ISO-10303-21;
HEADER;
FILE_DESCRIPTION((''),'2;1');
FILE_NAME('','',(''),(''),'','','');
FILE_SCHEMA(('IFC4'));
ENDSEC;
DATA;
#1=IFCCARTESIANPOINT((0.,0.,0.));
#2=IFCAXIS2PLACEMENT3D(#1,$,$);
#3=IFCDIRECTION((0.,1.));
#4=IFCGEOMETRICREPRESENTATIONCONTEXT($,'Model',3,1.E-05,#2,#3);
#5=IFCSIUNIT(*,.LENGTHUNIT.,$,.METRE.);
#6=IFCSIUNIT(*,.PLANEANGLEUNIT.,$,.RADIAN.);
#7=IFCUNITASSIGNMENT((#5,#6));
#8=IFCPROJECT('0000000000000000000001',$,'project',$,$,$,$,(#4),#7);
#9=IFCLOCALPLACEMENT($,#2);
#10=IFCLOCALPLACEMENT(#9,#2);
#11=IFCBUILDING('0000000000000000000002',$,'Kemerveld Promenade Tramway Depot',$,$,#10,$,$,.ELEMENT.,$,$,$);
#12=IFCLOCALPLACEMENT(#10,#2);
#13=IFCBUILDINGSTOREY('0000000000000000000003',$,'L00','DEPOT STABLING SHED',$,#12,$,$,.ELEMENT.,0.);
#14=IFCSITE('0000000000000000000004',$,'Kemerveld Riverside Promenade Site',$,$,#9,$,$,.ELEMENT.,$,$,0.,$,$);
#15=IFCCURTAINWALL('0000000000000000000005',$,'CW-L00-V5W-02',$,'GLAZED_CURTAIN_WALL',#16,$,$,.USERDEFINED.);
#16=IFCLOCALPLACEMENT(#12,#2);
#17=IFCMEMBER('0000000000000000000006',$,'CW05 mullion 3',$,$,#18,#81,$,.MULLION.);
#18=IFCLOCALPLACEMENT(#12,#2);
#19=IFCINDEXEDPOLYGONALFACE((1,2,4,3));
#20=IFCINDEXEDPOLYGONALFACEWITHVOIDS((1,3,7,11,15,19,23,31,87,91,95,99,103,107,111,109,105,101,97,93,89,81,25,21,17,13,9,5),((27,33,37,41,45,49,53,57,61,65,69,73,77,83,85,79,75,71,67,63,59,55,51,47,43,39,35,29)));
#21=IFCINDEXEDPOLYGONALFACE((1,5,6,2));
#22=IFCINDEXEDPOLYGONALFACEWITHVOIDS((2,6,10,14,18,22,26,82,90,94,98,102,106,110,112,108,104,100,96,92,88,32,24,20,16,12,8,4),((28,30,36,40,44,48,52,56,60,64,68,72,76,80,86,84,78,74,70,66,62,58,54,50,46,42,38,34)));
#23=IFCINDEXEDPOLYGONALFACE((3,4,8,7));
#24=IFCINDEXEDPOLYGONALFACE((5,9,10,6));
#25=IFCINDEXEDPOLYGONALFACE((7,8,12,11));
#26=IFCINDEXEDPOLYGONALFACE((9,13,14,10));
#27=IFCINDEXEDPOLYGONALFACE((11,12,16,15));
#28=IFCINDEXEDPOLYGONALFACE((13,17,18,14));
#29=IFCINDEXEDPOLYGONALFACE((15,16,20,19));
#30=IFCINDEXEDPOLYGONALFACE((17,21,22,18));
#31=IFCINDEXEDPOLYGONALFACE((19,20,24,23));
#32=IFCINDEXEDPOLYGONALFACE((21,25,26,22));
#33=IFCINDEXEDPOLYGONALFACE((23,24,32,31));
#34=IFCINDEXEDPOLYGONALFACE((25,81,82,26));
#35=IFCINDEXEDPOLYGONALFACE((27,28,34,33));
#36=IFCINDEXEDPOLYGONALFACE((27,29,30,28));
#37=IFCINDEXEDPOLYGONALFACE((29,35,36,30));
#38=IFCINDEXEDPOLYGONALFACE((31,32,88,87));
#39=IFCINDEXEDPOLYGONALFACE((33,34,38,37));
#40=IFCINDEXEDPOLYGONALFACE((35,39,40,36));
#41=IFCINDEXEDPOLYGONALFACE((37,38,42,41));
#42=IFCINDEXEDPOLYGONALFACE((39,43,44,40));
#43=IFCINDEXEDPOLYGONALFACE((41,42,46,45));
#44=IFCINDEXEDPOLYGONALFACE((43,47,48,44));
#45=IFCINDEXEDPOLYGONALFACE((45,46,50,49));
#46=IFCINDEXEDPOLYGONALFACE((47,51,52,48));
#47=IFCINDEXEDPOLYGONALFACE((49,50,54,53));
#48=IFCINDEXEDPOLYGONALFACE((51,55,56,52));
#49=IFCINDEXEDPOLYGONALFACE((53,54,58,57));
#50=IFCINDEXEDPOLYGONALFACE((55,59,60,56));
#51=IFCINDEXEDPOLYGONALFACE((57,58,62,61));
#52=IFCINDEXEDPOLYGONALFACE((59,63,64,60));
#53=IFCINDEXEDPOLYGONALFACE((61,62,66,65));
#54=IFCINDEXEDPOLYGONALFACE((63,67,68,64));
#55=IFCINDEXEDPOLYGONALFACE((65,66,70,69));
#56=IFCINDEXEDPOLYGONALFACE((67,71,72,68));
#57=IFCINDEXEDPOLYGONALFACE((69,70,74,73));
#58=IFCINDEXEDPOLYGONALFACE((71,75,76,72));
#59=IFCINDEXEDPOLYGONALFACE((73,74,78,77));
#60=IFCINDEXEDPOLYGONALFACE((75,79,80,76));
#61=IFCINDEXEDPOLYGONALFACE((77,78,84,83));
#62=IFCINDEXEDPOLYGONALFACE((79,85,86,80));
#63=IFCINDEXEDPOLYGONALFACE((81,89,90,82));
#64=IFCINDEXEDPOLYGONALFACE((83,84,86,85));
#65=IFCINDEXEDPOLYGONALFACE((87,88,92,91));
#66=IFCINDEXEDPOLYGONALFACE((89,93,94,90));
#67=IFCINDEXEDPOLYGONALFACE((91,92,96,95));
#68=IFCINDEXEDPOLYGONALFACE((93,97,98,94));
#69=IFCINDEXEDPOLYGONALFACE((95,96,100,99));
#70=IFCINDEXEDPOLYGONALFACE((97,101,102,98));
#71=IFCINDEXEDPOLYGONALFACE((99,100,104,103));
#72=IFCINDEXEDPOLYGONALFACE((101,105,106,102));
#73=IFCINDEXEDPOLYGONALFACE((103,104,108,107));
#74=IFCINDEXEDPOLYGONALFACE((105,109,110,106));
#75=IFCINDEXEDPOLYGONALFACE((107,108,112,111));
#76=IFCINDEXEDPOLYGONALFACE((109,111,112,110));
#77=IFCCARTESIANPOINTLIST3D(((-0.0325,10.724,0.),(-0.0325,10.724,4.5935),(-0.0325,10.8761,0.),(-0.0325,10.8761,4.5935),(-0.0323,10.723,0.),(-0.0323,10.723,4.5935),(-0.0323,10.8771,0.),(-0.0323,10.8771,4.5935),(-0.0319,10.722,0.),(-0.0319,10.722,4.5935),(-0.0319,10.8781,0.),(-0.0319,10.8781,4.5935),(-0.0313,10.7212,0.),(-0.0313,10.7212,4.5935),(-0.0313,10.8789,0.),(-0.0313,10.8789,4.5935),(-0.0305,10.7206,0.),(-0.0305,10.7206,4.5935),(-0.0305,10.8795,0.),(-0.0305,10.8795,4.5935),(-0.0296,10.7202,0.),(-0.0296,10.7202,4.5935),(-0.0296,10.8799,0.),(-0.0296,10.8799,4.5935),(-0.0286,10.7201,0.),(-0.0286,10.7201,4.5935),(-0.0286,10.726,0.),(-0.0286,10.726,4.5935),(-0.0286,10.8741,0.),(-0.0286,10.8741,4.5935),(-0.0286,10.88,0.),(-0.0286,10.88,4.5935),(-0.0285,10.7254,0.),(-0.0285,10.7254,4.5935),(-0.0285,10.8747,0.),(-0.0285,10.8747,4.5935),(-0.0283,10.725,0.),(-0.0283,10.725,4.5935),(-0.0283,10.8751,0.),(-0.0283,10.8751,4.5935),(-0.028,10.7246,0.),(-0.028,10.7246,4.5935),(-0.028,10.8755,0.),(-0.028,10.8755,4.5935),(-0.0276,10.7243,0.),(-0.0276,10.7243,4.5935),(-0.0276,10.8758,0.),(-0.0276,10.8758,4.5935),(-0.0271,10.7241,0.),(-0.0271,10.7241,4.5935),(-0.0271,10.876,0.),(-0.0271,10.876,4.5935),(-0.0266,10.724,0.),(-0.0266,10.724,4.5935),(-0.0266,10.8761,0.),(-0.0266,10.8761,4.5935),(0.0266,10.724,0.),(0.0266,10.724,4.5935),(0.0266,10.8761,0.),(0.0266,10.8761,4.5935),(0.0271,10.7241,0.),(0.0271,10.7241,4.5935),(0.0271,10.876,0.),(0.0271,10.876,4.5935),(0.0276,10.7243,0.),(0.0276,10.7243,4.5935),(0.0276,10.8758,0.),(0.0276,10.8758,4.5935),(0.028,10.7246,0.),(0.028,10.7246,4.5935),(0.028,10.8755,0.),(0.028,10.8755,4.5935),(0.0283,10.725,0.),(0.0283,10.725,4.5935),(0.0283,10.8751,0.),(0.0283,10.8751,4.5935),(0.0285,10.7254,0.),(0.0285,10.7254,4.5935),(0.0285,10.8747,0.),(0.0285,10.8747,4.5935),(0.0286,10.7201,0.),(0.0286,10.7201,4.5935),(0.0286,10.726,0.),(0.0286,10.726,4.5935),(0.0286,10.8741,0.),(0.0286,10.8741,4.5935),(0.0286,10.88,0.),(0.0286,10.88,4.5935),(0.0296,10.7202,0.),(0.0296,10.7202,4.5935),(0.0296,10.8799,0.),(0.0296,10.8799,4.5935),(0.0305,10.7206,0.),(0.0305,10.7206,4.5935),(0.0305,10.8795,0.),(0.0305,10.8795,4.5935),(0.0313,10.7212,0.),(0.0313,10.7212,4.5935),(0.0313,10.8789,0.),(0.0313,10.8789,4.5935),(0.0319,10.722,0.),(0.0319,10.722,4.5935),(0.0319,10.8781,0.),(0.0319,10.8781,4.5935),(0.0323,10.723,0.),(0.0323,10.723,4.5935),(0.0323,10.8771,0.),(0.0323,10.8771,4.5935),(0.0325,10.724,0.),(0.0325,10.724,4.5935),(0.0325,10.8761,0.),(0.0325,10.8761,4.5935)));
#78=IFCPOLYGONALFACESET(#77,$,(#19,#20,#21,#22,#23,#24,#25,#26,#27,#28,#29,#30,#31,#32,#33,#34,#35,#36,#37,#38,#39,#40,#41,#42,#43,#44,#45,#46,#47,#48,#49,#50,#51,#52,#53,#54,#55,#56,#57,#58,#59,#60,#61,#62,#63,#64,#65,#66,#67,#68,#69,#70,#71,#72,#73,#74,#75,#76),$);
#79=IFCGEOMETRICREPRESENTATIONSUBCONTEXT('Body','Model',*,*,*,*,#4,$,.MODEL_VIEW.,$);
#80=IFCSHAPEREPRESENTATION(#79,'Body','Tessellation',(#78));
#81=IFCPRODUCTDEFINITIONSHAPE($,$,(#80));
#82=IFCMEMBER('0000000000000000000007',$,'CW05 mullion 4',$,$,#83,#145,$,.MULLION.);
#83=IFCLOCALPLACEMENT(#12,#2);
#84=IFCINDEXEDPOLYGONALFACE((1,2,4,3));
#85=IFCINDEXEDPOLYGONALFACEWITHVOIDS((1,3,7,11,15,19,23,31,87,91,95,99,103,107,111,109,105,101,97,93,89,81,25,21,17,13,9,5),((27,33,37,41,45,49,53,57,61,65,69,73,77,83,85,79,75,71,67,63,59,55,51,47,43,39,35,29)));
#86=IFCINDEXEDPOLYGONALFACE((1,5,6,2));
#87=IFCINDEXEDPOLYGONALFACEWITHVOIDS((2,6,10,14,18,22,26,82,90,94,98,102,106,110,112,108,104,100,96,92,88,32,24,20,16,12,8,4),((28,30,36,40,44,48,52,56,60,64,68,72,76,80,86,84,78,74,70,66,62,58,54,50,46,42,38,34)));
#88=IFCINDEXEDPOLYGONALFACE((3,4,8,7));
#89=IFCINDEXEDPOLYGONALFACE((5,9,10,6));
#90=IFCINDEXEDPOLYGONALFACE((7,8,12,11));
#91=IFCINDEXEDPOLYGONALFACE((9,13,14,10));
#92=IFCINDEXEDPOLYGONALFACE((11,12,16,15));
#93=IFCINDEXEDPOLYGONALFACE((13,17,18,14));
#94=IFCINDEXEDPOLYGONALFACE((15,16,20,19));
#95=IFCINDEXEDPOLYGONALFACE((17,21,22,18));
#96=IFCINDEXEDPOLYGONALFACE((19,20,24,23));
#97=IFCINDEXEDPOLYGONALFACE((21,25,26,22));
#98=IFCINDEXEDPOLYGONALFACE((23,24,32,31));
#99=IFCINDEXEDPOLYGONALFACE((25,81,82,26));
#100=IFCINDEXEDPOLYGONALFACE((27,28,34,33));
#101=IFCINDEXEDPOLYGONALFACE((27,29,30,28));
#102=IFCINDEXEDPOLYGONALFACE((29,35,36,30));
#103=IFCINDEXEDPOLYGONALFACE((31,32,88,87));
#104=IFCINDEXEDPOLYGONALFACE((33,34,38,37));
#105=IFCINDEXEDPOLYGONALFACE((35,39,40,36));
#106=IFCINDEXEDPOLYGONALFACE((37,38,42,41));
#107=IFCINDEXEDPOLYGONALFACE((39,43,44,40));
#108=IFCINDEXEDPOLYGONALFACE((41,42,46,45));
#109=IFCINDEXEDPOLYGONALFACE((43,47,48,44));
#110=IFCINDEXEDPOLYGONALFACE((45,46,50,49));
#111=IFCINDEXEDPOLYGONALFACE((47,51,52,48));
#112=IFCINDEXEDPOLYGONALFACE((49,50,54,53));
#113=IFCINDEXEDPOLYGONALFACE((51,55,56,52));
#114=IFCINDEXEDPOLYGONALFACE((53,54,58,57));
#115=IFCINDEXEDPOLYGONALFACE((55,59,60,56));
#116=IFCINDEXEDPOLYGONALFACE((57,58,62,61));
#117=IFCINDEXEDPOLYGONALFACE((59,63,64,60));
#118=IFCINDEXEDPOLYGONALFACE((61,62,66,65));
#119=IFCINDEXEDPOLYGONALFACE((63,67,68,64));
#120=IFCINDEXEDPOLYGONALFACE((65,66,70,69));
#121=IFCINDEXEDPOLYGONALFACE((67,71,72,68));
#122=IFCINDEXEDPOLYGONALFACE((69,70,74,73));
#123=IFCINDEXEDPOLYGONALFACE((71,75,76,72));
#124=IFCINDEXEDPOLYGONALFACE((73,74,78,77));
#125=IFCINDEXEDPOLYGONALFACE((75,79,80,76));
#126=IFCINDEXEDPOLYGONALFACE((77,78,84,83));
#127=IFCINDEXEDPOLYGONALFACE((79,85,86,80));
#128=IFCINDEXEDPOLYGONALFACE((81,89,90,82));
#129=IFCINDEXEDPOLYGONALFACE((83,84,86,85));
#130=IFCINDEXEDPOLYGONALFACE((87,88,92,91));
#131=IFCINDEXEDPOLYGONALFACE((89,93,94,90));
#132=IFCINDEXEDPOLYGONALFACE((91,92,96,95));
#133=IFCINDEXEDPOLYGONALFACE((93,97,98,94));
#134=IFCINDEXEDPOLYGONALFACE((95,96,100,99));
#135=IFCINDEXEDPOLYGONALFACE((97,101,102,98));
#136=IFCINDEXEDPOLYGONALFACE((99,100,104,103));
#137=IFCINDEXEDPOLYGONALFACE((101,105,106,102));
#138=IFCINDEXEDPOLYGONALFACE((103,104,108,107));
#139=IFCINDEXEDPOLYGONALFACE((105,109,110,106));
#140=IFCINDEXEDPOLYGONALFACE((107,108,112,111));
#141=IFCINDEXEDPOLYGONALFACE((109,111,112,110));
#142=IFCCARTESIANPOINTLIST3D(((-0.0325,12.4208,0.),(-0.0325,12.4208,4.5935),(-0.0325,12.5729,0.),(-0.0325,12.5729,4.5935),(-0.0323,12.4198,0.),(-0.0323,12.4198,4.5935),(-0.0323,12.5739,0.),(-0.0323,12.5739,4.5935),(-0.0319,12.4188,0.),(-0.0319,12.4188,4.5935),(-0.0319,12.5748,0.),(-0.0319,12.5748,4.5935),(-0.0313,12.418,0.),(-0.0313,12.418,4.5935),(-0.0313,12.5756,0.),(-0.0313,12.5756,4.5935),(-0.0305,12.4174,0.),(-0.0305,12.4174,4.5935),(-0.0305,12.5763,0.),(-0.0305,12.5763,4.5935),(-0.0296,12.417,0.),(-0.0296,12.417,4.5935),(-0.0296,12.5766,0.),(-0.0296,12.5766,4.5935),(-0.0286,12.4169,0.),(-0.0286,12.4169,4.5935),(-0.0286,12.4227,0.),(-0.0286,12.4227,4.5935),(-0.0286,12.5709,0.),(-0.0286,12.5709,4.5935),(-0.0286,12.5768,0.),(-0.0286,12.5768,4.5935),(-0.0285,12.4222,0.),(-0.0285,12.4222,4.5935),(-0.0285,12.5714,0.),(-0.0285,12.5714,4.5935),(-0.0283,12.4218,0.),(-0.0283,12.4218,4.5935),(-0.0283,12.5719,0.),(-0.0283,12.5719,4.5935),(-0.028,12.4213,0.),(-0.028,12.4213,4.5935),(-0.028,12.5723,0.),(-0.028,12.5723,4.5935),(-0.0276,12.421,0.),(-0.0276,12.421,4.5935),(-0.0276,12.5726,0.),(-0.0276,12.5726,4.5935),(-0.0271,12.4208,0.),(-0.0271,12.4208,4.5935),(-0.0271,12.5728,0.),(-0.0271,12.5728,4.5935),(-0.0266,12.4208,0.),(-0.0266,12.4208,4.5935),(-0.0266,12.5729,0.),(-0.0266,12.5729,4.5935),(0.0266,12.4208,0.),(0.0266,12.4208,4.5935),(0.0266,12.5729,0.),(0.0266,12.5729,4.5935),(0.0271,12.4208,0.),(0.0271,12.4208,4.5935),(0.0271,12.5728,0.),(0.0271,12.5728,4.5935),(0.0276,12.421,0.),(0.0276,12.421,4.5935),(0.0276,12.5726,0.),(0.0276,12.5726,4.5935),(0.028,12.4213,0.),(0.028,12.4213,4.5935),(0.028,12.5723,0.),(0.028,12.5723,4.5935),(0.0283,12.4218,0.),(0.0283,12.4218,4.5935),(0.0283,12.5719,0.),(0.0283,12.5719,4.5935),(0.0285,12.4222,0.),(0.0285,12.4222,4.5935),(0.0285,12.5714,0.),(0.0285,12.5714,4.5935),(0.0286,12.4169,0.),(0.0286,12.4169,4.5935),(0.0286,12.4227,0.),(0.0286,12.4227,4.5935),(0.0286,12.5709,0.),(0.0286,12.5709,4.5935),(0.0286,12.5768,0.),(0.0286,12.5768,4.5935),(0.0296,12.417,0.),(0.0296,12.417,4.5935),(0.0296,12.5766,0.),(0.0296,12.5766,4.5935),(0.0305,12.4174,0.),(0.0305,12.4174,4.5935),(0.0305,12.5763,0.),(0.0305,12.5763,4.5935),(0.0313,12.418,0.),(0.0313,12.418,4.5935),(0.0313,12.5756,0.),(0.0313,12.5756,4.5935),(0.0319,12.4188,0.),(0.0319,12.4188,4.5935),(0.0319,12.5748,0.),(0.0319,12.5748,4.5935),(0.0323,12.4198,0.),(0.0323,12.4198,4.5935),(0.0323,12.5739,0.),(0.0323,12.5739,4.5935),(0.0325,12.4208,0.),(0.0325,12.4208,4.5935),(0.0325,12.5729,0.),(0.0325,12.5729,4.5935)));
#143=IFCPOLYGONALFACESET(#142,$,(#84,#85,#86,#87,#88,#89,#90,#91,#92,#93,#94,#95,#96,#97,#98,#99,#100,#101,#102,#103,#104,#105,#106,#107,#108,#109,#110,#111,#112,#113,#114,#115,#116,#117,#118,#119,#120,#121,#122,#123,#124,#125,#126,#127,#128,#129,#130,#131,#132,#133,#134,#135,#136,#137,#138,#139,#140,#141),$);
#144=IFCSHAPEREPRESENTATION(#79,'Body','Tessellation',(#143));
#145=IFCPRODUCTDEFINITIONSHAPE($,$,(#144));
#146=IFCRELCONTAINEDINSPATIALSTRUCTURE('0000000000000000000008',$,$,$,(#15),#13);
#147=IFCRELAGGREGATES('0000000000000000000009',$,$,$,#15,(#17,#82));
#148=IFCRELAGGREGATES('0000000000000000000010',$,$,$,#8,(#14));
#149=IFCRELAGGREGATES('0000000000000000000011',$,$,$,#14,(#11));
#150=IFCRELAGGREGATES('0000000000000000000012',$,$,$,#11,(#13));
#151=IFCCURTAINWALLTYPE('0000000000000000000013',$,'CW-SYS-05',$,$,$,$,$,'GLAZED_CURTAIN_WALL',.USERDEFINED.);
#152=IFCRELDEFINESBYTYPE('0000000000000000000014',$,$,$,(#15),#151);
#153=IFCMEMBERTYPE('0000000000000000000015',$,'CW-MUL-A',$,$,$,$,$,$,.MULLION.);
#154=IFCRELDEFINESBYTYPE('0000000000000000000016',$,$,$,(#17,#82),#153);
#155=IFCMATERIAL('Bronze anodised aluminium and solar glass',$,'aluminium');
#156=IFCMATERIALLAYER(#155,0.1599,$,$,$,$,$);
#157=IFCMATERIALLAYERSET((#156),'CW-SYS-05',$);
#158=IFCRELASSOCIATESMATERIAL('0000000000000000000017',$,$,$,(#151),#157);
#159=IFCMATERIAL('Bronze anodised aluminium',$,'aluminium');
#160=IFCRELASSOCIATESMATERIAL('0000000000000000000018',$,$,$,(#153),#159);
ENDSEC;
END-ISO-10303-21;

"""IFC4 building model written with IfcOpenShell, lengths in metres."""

from ifc_helpers import new_model, si_unit, direction, frame, origin, origin_2d, place, context, subcontext, project, spatial, hollow_rectangle, extrude, material, layer, layer_set, material_profile, profile_set, type_object, element, aggregate, save


model = new_model("IFC4")

# Units and contexts
model_context = context("Model", 3, precision=1e-05, world=origin(), true_north=direction((0.0, 1.0)))
body_context = subcontext(model_context, "Body", "Model", "MODEL_VIEW")
ifc_project = project(units=[si_unit("LENGTHUNIT", "METRE"), si_unit("PLANEANGLEUNIT", "RADIAN")], contexts=[model_context])

# Site, building, storey
site_placement = place(None, origin())
site = spatial("IfcSite", under=ifc_project, at=site_placement, Name="Kemerveld Riverside Promenade Site", CompositionType="ELEMENT", RefElevation=0.0)
building_placement = place(site_placement, origin())
building = spatial("IfcBuilding", under=site, at=building_placement, Name="Kemerveld Promenade Tramway Depot", CompositionType="ELEMENT")
storey_placement = place(building_placement, origin())
storey = spatial("IfcBuildingStorey", under=building, at=storey_placement, Name="L00", Description="DEPOT STABLING SHED", CompositionType="ELEMENT", Elevation=0.0)

# Curtain wall, members
ifc_material_1 = material(Name="Bronze anodised aluminium and solar glass", Category="aluminium")
ifc_layer_1 = layer(ifc_material_1, 0.1599)
ifc_layer_set_1 = layer_set([ifc_layer_1], Name="CW-SYS-05")
curtain_wall_type = type_object("IfcCurtainWallType", Name="CW-SYS-05", ElementType="GLAZED_CURTAIN_WALL", PredefinedType="USERDEFINED", material=ifc_layer_set_1)
curtain_wall_placement = place(storey_placement, origin())
curtain_wall = element("IfcCurtainWall", 1, at=curtain_wall_placement, inside=storey, type_object=curtain_wall_type, Name="CW-L00-V5W-02", ObjectType="GLAZED_CURTAIN_WALL", PredefinedType="USERDEFINED")
ifc_material_2 = material(Name="Bronze anodised aluminium", Category="aluminium")
ifc_material_profile_1 = material_profile(ifc_material_2, hollow_rectangle(XDim=0.0649, YDim=0.1599, WallThickness=0.0039, InnerFilletRadius=0.002, OuterFilletRadius=0.0039, at=origin_2d()), Name="CW-MUL-160x65")
ifc_profile_set_1 = profile_set([ifc_material_profile_1], Name="Bronze anodised aluminium")
member_type_1 = type_object("IfcMemberType", Name="CW-MUL-A", PredefinedType="MULLION", material=ifc_profile_set_1)
member_1_placement = place(storey_placement, frame((0.0, 10.8, 0.0), z_axis=(0.0, 0.0, 1.0), x_axis=(-1.0, 0.0, 0.0)))
member_1 = element("IfcMember", 2, at=member_1_placement, type_object=member_type_1, Name="CW05 mullion 3", PredefinedType="MULLION", context=body_context, shape_type="SweptSolid", body=[
    extrude(hollow_rectangle(XDim=0.0649, YDim=0.1599, WallThickness=0.0039, InnerFilletRadius=0.002, OuterFilletRadius=0.0039, at=origin_2d()), origin(), (0.0, 0.0, 1.0), 4.5935),
])
member_2_placement = place(storey_placement, frame((0.0, 12.4968, 0.0), z_axis=(0.0, 0.0, 1.0), x_axis=(-1.0, 0.0, 0.0)))
member_2 = element("IfcMember", 3, at=member_2_placement, type_object=member_type_1, Name="CW05 mullion 4", PredefinedType="MULLION", context=body_context, shape_type="SweptSolid", body=[
    extrude(hollow_rectangle(XDim=0.0649, YDim=0.1599, WallThickness=0.0039, InnerFilletRadius=0.002, OuterFilletRadius=0.0039, at=origin_2d()), origin(), (0.0, 0.0, 1.0), 4.5935),
])
aggregate(curtain_wall, [member_1, member_2])

save(model, "model.ifc")
